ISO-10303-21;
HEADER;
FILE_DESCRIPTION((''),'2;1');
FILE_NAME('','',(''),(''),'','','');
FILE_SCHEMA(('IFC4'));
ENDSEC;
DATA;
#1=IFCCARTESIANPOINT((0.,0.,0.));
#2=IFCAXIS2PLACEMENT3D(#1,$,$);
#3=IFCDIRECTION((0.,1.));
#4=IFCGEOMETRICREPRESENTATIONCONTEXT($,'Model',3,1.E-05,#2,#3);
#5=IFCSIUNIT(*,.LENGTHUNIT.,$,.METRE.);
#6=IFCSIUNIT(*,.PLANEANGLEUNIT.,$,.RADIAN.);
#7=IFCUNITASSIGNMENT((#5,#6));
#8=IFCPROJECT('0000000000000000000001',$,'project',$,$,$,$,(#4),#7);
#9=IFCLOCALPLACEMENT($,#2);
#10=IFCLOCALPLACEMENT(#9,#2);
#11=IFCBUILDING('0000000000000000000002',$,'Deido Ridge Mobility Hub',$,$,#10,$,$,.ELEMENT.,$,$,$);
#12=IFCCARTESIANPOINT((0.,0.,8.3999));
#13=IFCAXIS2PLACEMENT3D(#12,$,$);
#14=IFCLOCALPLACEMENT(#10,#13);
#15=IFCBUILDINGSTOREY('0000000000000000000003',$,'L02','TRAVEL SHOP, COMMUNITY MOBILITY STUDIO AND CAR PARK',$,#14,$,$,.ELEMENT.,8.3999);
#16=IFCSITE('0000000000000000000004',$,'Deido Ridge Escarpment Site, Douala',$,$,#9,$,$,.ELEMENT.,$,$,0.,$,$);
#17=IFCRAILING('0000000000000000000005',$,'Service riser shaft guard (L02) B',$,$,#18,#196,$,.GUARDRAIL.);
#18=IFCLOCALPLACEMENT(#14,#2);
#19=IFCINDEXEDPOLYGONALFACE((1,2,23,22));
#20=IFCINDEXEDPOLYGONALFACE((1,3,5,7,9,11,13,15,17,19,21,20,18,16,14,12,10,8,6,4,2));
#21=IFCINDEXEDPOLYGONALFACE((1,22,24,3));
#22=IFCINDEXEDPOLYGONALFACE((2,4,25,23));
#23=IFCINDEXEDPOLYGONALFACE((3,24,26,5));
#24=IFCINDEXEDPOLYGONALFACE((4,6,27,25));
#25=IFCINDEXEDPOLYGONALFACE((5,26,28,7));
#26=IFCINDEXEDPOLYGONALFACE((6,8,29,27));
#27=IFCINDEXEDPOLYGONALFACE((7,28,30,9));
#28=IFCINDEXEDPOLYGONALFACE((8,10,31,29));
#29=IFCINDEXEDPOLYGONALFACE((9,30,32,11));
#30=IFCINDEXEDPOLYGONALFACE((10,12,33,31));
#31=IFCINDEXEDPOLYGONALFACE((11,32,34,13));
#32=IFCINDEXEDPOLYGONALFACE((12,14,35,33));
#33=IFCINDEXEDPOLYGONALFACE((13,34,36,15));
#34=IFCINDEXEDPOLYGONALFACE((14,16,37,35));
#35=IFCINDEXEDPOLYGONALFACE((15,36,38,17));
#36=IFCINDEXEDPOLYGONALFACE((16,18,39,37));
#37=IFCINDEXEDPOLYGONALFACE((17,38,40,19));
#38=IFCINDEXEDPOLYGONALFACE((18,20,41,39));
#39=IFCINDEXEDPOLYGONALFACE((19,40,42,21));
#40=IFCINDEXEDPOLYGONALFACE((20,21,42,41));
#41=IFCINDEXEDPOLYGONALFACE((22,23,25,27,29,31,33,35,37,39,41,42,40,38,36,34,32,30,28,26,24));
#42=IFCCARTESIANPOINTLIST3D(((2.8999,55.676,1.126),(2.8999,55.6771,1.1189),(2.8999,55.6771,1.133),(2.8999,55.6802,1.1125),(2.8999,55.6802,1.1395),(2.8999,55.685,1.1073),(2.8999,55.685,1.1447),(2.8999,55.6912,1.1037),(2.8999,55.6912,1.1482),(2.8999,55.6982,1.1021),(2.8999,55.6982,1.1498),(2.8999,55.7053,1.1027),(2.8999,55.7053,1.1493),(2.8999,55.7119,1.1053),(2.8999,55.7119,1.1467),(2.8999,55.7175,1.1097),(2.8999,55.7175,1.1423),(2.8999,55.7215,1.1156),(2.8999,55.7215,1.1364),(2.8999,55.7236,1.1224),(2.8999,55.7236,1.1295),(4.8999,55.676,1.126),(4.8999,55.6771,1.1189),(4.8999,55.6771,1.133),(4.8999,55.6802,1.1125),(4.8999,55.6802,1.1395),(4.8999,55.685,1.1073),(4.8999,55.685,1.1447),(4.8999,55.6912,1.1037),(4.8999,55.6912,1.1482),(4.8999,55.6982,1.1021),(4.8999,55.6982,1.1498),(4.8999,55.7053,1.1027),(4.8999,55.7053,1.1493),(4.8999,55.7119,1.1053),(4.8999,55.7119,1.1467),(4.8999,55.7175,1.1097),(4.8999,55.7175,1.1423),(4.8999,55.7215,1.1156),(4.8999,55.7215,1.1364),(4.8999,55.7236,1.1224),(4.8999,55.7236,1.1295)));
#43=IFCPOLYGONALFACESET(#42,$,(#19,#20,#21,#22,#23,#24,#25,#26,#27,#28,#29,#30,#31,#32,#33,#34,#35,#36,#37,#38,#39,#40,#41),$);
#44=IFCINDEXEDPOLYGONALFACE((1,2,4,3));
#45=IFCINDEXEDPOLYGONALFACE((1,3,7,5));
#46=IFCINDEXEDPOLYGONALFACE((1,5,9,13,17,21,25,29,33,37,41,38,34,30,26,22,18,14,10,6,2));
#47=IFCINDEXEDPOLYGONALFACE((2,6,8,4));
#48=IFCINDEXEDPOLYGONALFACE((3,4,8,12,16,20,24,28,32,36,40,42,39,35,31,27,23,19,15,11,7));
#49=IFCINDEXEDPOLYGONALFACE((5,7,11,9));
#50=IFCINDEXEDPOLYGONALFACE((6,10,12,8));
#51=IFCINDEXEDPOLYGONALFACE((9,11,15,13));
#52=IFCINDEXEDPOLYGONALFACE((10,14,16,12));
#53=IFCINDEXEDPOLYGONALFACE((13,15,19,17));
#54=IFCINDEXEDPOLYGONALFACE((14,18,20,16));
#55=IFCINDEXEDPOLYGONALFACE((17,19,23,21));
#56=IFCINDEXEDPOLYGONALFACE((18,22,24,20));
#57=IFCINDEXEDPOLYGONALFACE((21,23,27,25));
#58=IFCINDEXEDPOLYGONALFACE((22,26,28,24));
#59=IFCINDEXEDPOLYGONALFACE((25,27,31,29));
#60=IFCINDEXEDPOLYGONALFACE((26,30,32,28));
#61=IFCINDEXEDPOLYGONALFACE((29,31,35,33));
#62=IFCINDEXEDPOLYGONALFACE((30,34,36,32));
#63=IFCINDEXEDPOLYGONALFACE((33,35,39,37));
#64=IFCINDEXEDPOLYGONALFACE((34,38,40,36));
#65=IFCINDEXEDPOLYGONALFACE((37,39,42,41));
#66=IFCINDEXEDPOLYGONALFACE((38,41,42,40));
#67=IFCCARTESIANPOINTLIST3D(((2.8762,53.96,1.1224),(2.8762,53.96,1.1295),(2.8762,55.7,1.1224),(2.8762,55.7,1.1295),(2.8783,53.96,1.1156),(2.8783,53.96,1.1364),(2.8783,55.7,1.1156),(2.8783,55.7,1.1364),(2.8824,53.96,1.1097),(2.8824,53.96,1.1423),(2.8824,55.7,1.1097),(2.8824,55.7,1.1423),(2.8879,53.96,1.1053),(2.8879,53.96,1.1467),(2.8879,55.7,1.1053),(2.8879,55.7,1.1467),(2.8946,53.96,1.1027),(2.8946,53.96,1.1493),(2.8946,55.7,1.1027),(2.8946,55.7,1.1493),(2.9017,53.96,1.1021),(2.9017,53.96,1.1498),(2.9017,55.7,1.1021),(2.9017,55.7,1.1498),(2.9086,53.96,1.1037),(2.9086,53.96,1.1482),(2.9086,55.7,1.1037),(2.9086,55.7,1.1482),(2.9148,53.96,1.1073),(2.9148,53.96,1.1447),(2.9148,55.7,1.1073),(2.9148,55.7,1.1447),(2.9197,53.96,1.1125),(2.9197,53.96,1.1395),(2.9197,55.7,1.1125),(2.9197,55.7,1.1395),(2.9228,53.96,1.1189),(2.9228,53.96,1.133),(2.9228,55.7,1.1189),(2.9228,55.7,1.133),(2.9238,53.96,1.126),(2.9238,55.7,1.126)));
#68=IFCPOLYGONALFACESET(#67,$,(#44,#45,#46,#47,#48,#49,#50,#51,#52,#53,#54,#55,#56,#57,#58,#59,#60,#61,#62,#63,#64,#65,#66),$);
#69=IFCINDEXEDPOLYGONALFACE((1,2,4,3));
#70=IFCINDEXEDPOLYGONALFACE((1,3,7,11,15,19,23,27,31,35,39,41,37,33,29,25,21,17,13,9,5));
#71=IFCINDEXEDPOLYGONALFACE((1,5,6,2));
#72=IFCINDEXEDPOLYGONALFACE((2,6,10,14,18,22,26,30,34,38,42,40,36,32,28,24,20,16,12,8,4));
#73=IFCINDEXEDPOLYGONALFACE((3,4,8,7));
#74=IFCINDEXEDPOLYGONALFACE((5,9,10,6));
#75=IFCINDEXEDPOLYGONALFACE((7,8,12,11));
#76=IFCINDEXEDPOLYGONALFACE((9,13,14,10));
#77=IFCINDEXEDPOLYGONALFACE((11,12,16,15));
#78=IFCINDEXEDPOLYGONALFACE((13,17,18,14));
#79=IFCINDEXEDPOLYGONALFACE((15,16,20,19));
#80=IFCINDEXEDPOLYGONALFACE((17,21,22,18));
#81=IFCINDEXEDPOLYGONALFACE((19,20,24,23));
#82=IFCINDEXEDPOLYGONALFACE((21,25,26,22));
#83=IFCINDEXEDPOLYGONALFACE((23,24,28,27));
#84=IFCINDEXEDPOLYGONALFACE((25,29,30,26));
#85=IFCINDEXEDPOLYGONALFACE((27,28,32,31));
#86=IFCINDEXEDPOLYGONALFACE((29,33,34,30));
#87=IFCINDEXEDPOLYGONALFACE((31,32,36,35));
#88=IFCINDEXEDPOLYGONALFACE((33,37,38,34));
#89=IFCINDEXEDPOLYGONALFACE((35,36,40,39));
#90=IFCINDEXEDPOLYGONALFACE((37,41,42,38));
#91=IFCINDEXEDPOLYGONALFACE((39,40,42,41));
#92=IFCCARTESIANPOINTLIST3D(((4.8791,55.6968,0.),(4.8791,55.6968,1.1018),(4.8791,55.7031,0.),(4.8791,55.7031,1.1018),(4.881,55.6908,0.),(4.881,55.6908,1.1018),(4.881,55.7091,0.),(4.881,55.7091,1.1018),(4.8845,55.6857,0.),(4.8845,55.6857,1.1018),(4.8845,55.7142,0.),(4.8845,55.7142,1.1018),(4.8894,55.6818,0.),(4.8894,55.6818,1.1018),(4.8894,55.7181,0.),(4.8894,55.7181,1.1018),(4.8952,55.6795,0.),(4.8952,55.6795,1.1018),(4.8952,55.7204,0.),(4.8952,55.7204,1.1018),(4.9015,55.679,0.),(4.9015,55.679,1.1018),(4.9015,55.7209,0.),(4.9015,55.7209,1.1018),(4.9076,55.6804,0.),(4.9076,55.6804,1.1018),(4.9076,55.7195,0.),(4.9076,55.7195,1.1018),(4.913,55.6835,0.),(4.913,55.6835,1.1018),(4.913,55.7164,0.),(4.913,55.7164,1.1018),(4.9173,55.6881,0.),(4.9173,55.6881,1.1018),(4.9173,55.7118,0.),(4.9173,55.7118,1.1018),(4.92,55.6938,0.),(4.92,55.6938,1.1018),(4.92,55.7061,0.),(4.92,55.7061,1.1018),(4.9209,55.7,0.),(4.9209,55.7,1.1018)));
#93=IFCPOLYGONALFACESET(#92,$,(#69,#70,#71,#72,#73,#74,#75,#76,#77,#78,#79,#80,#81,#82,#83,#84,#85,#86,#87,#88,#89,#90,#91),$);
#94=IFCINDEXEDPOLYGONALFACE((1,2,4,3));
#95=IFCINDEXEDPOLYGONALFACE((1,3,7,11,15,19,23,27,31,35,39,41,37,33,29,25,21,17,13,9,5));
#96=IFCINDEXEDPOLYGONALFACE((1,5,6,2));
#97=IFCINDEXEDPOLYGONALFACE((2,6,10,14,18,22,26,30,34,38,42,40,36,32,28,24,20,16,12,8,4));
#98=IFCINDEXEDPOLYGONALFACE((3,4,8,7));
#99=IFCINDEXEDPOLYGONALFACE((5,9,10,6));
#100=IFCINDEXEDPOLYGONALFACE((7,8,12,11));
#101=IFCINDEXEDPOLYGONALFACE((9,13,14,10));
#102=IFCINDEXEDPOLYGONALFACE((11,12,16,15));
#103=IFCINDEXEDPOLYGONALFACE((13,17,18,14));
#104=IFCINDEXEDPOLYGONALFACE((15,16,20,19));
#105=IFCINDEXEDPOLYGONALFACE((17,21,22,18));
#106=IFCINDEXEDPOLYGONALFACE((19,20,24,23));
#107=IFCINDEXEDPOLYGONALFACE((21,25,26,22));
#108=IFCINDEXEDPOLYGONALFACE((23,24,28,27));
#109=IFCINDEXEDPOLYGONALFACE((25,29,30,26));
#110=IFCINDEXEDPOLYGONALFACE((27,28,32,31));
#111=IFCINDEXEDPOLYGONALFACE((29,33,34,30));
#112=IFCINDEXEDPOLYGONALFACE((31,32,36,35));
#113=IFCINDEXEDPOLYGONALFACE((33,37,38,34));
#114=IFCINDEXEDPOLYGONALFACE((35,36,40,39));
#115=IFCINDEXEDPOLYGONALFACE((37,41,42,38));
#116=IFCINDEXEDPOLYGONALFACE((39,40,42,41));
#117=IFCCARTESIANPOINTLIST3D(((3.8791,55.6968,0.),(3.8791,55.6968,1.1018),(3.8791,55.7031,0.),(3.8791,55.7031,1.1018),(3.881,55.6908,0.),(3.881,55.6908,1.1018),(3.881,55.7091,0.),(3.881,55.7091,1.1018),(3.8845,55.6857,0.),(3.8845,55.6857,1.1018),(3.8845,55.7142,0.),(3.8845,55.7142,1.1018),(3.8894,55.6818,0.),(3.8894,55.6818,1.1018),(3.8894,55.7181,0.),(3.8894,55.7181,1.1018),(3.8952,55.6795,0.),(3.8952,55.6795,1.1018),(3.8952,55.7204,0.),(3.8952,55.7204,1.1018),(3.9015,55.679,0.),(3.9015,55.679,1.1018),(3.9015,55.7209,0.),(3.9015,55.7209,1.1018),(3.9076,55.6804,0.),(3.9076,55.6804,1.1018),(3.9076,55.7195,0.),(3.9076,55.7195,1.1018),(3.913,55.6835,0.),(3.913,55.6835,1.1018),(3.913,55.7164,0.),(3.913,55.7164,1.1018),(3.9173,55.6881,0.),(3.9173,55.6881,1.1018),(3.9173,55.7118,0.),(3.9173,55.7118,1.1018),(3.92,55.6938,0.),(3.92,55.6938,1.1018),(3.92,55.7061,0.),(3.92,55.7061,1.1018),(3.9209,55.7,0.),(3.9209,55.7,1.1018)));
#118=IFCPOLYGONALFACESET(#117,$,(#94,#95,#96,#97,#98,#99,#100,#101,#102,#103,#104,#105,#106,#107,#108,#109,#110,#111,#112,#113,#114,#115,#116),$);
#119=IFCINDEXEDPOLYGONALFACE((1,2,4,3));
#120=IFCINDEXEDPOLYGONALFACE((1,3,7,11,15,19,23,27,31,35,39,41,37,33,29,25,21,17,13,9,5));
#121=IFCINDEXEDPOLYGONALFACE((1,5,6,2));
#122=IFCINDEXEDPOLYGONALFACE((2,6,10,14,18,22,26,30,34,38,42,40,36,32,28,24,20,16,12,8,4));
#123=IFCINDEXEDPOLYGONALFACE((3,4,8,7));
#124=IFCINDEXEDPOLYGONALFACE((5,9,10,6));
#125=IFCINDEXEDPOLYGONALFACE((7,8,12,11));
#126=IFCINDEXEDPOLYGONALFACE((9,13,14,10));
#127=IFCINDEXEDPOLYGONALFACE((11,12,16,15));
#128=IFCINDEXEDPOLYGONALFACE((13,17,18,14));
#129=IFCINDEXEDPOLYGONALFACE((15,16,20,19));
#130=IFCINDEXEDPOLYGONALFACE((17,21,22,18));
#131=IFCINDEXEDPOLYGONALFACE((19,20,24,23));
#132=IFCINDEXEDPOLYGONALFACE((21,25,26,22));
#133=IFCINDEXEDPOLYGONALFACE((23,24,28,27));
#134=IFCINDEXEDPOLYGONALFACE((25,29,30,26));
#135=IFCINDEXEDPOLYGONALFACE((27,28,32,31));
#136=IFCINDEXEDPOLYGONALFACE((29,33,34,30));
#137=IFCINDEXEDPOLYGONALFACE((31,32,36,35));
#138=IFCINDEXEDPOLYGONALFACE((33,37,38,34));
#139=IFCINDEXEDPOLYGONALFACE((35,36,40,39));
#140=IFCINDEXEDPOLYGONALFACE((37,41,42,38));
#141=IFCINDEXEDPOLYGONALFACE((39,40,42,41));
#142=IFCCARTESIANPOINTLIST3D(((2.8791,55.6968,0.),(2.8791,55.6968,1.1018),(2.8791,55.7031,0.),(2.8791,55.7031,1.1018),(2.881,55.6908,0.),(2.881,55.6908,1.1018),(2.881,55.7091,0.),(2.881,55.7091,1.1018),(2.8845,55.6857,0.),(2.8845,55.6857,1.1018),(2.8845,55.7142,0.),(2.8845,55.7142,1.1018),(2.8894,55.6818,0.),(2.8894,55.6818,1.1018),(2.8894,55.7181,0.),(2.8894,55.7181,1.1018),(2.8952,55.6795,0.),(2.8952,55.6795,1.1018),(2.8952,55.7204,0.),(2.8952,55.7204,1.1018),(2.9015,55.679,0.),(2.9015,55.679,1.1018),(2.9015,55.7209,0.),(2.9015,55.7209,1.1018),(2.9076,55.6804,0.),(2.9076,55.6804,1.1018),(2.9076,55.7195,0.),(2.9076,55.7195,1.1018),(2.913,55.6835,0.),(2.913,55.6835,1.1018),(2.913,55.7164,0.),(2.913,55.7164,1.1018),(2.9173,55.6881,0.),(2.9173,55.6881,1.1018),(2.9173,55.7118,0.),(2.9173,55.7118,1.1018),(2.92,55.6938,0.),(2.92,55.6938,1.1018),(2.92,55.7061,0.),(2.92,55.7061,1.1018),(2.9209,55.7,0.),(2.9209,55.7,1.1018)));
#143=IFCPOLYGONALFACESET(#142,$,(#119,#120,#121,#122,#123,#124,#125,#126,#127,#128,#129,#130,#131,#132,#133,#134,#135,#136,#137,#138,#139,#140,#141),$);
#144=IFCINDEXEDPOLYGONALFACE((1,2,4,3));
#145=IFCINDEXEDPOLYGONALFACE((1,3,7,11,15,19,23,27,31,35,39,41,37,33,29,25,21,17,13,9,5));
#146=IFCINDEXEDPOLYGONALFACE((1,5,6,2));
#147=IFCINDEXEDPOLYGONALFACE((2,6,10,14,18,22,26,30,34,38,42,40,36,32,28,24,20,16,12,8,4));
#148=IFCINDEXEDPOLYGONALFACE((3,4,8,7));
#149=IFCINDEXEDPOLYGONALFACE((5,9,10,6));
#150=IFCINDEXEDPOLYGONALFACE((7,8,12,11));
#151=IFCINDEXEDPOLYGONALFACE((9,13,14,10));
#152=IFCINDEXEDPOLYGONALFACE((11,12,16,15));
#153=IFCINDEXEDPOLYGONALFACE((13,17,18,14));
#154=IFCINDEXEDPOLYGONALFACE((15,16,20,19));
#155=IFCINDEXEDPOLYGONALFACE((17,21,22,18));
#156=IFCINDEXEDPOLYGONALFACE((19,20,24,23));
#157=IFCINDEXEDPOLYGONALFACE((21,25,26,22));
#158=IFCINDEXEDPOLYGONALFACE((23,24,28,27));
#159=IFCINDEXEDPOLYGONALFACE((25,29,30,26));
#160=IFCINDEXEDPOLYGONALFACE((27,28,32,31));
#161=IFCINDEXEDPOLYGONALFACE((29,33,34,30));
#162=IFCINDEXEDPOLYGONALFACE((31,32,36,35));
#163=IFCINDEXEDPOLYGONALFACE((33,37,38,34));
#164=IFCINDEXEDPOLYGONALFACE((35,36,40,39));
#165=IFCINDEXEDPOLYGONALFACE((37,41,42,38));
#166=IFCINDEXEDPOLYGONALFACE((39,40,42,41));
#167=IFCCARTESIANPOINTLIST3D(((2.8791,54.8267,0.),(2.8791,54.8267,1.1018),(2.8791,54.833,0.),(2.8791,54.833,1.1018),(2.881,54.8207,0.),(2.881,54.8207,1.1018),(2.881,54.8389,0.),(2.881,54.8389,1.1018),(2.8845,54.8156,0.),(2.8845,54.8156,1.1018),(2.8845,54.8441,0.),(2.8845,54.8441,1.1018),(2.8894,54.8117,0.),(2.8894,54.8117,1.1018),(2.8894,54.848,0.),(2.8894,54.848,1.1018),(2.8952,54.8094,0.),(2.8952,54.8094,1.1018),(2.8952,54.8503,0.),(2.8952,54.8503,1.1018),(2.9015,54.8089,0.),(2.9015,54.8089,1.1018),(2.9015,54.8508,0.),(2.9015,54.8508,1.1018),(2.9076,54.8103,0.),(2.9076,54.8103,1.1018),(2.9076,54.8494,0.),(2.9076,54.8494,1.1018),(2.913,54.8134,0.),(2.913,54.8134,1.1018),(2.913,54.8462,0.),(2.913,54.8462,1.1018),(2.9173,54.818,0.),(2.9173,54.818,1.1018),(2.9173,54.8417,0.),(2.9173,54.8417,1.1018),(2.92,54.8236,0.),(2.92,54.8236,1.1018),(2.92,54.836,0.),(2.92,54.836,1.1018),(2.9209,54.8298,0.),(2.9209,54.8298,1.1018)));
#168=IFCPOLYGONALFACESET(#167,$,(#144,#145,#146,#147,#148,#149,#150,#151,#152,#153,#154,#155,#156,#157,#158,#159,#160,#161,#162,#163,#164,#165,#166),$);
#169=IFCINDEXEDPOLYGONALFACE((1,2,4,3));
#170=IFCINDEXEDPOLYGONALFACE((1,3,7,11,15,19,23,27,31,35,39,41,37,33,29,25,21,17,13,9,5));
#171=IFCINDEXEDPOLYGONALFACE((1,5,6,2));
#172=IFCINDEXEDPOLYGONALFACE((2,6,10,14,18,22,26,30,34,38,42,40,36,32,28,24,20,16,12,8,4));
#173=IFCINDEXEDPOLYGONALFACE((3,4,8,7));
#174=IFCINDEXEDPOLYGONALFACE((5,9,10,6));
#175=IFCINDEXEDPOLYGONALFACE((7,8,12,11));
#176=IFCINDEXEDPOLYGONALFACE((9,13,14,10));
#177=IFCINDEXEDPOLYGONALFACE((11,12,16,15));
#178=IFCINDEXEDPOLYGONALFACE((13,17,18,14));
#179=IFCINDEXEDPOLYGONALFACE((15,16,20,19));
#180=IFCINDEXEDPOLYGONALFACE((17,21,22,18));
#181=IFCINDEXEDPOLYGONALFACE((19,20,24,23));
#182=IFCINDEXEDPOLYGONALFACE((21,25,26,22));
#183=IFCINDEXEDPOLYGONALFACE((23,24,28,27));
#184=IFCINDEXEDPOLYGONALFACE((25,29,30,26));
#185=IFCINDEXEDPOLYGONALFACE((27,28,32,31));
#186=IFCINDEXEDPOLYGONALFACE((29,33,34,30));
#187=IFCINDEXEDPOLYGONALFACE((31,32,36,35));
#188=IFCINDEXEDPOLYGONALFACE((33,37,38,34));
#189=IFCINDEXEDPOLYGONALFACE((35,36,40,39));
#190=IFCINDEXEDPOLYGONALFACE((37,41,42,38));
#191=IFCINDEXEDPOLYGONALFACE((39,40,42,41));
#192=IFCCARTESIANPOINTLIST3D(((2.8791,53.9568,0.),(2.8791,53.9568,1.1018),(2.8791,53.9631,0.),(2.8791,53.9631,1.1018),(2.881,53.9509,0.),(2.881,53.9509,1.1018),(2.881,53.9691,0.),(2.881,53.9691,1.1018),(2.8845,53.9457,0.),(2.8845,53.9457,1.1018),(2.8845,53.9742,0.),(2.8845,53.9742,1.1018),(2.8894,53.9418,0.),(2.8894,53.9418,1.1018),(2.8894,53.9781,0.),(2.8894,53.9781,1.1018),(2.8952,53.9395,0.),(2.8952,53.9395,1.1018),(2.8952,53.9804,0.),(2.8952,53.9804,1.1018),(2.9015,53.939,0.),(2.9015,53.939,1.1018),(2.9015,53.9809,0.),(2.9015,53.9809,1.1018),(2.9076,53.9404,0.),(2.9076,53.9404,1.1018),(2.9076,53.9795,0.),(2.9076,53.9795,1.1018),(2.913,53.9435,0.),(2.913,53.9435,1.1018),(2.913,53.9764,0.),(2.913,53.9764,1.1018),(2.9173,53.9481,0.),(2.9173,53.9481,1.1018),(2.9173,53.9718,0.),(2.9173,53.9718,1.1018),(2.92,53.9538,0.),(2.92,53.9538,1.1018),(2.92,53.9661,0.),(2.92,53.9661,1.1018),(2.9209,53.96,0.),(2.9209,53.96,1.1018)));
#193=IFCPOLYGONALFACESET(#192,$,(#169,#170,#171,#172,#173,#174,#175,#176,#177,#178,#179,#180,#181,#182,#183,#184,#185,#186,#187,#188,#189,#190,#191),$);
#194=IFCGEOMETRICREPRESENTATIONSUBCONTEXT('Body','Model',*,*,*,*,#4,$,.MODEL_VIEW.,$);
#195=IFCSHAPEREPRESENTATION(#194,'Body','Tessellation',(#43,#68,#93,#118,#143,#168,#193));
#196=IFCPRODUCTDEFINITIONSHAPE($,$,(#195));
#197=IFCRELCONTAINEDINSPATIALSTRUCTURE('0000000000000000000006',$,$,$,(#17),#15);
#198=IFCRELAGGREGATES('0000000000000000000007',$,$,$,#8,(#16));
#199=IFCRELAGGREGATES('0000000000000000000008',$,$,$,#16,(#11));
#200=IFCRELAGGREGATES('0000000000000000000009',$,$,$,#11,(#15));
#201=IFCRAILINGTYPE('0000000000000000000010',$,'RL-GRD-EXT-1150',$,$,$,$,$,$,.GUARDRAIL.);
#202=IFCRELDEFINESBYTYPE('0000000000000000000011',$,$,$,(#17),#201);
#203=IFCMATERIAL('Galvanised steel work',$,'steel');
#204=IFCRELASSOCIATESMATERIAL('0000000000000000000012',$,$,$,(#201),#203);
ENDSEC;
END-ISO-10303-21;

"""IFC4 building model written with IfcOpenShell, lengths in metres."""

from ifc_helpers import new_model, si_unit, direction, frame, origin, origin_2d, place, context, subcontext, project, spatial, circle, extrude, material, type_object, element, save


model = new_model("IFC4")

# Units and contexts
model_context = context("Model", 3, precision=1e-05, world=origin(), true_north=direction((0.0, 1.0)))
body_context = subcontext(model_context, "Body", "Model", "MODEL_VIEW")
ifc_project = project(units=[si_unit("LENGTHUNIT", "METRE"), si_unit("PLANEANGLEUNIT", "RADIAN")], contexts=[model_context])

# Site, building, storey
site_placement = place(None, origin())
site = spatial("IfcSite", under=ifc_project, at=site_placement, Name="Deido Ridge Escarpment Site, Douala", CompositionType="ELEMENT", RefElevation=0.0)
building_placement = place(site_placement, origin())
building = spatial("IfcBuilding", under=site, at=building_placement, Name="Deido Ridge Mobility Hub", CompositionType="ELEMENT")
storey_placement = place(building_placement, frame((0.0, 0.0, 8.3999)))
storey = spatial("IfcBuildingStorey", under=building, at=storey_placement, Name="L02", Description="TRAVEL SHOP, COMMUNITY MOBILITY STUDIO AND CAR PARK", CompositionType="ELEMENT", Elevation=8.3999)

# Railing
ifc_material_1 = material(Name="Galvanised steel work", Category="steel")
railing_type = type_object("IfcRailingType", Name="RL-GRD-EXT-1150", PredefinedType="GUARDRAIL", material=ifc_material_1)
railing_1_placement = place(storey_placement, frame((4.8999, 55.7, 0.0)))
element("IfcRailing", 1, at=railing_1_placement, inside=storey, type_object=railing_type, Name="Service riser shaft guard (L02) B", PredefinedType="GUARDRAIL", context=body_context, shape_type="SweptSolid", body=[
    extrude(circle(Radius=0.0239, at=origin_2d()), frame((0.0, 0.0, 1.126), z_axis=(-1.0, 0.0, 0.0), x_axis=(0.0, -1.0, 0.0)), (0.0, 0.0, 1.0), 2.0),
    extrude(circle(Radius=0.0239, at=origin_2d()), frame((-2.0, 0.0, 1.126), z_axis=(0.0, -1.0, 0.0), x_axis=(1.0, 0.0, 0.0)), (0.0, 0.0, 1.0), 1.74),
    extrude(circle(Radius=0.021, at=origin_2d()), origin(), (0.0, 0.0, 1.0), 1.1018),
    extrude(circle(Radius=0.021, at=origin_2d()), frame((-1.0, 0.0, 0.0)), (0.0, 0.0, 1.0), 1.1018),
    extrude(circle(Radius=0.021, at=origin_2d()), frame((-2.0, 0.0, 0.0)), (0.0, 0.0, 1.0), 1.1018),
    extrude(circle(Radius=0.021, at=origin_2d()), frame((-2.0, -0.8701, 0.0)), (0.0, 0.0, 1.0), 1.1018),
    extrude(circle(Radius=0.021, at=origin_2d()), frame((-2.0, -1.74, 0.0)), (0.0, 0.0, 1.0), 1.1018),
])

save(model, "model.ifc")
